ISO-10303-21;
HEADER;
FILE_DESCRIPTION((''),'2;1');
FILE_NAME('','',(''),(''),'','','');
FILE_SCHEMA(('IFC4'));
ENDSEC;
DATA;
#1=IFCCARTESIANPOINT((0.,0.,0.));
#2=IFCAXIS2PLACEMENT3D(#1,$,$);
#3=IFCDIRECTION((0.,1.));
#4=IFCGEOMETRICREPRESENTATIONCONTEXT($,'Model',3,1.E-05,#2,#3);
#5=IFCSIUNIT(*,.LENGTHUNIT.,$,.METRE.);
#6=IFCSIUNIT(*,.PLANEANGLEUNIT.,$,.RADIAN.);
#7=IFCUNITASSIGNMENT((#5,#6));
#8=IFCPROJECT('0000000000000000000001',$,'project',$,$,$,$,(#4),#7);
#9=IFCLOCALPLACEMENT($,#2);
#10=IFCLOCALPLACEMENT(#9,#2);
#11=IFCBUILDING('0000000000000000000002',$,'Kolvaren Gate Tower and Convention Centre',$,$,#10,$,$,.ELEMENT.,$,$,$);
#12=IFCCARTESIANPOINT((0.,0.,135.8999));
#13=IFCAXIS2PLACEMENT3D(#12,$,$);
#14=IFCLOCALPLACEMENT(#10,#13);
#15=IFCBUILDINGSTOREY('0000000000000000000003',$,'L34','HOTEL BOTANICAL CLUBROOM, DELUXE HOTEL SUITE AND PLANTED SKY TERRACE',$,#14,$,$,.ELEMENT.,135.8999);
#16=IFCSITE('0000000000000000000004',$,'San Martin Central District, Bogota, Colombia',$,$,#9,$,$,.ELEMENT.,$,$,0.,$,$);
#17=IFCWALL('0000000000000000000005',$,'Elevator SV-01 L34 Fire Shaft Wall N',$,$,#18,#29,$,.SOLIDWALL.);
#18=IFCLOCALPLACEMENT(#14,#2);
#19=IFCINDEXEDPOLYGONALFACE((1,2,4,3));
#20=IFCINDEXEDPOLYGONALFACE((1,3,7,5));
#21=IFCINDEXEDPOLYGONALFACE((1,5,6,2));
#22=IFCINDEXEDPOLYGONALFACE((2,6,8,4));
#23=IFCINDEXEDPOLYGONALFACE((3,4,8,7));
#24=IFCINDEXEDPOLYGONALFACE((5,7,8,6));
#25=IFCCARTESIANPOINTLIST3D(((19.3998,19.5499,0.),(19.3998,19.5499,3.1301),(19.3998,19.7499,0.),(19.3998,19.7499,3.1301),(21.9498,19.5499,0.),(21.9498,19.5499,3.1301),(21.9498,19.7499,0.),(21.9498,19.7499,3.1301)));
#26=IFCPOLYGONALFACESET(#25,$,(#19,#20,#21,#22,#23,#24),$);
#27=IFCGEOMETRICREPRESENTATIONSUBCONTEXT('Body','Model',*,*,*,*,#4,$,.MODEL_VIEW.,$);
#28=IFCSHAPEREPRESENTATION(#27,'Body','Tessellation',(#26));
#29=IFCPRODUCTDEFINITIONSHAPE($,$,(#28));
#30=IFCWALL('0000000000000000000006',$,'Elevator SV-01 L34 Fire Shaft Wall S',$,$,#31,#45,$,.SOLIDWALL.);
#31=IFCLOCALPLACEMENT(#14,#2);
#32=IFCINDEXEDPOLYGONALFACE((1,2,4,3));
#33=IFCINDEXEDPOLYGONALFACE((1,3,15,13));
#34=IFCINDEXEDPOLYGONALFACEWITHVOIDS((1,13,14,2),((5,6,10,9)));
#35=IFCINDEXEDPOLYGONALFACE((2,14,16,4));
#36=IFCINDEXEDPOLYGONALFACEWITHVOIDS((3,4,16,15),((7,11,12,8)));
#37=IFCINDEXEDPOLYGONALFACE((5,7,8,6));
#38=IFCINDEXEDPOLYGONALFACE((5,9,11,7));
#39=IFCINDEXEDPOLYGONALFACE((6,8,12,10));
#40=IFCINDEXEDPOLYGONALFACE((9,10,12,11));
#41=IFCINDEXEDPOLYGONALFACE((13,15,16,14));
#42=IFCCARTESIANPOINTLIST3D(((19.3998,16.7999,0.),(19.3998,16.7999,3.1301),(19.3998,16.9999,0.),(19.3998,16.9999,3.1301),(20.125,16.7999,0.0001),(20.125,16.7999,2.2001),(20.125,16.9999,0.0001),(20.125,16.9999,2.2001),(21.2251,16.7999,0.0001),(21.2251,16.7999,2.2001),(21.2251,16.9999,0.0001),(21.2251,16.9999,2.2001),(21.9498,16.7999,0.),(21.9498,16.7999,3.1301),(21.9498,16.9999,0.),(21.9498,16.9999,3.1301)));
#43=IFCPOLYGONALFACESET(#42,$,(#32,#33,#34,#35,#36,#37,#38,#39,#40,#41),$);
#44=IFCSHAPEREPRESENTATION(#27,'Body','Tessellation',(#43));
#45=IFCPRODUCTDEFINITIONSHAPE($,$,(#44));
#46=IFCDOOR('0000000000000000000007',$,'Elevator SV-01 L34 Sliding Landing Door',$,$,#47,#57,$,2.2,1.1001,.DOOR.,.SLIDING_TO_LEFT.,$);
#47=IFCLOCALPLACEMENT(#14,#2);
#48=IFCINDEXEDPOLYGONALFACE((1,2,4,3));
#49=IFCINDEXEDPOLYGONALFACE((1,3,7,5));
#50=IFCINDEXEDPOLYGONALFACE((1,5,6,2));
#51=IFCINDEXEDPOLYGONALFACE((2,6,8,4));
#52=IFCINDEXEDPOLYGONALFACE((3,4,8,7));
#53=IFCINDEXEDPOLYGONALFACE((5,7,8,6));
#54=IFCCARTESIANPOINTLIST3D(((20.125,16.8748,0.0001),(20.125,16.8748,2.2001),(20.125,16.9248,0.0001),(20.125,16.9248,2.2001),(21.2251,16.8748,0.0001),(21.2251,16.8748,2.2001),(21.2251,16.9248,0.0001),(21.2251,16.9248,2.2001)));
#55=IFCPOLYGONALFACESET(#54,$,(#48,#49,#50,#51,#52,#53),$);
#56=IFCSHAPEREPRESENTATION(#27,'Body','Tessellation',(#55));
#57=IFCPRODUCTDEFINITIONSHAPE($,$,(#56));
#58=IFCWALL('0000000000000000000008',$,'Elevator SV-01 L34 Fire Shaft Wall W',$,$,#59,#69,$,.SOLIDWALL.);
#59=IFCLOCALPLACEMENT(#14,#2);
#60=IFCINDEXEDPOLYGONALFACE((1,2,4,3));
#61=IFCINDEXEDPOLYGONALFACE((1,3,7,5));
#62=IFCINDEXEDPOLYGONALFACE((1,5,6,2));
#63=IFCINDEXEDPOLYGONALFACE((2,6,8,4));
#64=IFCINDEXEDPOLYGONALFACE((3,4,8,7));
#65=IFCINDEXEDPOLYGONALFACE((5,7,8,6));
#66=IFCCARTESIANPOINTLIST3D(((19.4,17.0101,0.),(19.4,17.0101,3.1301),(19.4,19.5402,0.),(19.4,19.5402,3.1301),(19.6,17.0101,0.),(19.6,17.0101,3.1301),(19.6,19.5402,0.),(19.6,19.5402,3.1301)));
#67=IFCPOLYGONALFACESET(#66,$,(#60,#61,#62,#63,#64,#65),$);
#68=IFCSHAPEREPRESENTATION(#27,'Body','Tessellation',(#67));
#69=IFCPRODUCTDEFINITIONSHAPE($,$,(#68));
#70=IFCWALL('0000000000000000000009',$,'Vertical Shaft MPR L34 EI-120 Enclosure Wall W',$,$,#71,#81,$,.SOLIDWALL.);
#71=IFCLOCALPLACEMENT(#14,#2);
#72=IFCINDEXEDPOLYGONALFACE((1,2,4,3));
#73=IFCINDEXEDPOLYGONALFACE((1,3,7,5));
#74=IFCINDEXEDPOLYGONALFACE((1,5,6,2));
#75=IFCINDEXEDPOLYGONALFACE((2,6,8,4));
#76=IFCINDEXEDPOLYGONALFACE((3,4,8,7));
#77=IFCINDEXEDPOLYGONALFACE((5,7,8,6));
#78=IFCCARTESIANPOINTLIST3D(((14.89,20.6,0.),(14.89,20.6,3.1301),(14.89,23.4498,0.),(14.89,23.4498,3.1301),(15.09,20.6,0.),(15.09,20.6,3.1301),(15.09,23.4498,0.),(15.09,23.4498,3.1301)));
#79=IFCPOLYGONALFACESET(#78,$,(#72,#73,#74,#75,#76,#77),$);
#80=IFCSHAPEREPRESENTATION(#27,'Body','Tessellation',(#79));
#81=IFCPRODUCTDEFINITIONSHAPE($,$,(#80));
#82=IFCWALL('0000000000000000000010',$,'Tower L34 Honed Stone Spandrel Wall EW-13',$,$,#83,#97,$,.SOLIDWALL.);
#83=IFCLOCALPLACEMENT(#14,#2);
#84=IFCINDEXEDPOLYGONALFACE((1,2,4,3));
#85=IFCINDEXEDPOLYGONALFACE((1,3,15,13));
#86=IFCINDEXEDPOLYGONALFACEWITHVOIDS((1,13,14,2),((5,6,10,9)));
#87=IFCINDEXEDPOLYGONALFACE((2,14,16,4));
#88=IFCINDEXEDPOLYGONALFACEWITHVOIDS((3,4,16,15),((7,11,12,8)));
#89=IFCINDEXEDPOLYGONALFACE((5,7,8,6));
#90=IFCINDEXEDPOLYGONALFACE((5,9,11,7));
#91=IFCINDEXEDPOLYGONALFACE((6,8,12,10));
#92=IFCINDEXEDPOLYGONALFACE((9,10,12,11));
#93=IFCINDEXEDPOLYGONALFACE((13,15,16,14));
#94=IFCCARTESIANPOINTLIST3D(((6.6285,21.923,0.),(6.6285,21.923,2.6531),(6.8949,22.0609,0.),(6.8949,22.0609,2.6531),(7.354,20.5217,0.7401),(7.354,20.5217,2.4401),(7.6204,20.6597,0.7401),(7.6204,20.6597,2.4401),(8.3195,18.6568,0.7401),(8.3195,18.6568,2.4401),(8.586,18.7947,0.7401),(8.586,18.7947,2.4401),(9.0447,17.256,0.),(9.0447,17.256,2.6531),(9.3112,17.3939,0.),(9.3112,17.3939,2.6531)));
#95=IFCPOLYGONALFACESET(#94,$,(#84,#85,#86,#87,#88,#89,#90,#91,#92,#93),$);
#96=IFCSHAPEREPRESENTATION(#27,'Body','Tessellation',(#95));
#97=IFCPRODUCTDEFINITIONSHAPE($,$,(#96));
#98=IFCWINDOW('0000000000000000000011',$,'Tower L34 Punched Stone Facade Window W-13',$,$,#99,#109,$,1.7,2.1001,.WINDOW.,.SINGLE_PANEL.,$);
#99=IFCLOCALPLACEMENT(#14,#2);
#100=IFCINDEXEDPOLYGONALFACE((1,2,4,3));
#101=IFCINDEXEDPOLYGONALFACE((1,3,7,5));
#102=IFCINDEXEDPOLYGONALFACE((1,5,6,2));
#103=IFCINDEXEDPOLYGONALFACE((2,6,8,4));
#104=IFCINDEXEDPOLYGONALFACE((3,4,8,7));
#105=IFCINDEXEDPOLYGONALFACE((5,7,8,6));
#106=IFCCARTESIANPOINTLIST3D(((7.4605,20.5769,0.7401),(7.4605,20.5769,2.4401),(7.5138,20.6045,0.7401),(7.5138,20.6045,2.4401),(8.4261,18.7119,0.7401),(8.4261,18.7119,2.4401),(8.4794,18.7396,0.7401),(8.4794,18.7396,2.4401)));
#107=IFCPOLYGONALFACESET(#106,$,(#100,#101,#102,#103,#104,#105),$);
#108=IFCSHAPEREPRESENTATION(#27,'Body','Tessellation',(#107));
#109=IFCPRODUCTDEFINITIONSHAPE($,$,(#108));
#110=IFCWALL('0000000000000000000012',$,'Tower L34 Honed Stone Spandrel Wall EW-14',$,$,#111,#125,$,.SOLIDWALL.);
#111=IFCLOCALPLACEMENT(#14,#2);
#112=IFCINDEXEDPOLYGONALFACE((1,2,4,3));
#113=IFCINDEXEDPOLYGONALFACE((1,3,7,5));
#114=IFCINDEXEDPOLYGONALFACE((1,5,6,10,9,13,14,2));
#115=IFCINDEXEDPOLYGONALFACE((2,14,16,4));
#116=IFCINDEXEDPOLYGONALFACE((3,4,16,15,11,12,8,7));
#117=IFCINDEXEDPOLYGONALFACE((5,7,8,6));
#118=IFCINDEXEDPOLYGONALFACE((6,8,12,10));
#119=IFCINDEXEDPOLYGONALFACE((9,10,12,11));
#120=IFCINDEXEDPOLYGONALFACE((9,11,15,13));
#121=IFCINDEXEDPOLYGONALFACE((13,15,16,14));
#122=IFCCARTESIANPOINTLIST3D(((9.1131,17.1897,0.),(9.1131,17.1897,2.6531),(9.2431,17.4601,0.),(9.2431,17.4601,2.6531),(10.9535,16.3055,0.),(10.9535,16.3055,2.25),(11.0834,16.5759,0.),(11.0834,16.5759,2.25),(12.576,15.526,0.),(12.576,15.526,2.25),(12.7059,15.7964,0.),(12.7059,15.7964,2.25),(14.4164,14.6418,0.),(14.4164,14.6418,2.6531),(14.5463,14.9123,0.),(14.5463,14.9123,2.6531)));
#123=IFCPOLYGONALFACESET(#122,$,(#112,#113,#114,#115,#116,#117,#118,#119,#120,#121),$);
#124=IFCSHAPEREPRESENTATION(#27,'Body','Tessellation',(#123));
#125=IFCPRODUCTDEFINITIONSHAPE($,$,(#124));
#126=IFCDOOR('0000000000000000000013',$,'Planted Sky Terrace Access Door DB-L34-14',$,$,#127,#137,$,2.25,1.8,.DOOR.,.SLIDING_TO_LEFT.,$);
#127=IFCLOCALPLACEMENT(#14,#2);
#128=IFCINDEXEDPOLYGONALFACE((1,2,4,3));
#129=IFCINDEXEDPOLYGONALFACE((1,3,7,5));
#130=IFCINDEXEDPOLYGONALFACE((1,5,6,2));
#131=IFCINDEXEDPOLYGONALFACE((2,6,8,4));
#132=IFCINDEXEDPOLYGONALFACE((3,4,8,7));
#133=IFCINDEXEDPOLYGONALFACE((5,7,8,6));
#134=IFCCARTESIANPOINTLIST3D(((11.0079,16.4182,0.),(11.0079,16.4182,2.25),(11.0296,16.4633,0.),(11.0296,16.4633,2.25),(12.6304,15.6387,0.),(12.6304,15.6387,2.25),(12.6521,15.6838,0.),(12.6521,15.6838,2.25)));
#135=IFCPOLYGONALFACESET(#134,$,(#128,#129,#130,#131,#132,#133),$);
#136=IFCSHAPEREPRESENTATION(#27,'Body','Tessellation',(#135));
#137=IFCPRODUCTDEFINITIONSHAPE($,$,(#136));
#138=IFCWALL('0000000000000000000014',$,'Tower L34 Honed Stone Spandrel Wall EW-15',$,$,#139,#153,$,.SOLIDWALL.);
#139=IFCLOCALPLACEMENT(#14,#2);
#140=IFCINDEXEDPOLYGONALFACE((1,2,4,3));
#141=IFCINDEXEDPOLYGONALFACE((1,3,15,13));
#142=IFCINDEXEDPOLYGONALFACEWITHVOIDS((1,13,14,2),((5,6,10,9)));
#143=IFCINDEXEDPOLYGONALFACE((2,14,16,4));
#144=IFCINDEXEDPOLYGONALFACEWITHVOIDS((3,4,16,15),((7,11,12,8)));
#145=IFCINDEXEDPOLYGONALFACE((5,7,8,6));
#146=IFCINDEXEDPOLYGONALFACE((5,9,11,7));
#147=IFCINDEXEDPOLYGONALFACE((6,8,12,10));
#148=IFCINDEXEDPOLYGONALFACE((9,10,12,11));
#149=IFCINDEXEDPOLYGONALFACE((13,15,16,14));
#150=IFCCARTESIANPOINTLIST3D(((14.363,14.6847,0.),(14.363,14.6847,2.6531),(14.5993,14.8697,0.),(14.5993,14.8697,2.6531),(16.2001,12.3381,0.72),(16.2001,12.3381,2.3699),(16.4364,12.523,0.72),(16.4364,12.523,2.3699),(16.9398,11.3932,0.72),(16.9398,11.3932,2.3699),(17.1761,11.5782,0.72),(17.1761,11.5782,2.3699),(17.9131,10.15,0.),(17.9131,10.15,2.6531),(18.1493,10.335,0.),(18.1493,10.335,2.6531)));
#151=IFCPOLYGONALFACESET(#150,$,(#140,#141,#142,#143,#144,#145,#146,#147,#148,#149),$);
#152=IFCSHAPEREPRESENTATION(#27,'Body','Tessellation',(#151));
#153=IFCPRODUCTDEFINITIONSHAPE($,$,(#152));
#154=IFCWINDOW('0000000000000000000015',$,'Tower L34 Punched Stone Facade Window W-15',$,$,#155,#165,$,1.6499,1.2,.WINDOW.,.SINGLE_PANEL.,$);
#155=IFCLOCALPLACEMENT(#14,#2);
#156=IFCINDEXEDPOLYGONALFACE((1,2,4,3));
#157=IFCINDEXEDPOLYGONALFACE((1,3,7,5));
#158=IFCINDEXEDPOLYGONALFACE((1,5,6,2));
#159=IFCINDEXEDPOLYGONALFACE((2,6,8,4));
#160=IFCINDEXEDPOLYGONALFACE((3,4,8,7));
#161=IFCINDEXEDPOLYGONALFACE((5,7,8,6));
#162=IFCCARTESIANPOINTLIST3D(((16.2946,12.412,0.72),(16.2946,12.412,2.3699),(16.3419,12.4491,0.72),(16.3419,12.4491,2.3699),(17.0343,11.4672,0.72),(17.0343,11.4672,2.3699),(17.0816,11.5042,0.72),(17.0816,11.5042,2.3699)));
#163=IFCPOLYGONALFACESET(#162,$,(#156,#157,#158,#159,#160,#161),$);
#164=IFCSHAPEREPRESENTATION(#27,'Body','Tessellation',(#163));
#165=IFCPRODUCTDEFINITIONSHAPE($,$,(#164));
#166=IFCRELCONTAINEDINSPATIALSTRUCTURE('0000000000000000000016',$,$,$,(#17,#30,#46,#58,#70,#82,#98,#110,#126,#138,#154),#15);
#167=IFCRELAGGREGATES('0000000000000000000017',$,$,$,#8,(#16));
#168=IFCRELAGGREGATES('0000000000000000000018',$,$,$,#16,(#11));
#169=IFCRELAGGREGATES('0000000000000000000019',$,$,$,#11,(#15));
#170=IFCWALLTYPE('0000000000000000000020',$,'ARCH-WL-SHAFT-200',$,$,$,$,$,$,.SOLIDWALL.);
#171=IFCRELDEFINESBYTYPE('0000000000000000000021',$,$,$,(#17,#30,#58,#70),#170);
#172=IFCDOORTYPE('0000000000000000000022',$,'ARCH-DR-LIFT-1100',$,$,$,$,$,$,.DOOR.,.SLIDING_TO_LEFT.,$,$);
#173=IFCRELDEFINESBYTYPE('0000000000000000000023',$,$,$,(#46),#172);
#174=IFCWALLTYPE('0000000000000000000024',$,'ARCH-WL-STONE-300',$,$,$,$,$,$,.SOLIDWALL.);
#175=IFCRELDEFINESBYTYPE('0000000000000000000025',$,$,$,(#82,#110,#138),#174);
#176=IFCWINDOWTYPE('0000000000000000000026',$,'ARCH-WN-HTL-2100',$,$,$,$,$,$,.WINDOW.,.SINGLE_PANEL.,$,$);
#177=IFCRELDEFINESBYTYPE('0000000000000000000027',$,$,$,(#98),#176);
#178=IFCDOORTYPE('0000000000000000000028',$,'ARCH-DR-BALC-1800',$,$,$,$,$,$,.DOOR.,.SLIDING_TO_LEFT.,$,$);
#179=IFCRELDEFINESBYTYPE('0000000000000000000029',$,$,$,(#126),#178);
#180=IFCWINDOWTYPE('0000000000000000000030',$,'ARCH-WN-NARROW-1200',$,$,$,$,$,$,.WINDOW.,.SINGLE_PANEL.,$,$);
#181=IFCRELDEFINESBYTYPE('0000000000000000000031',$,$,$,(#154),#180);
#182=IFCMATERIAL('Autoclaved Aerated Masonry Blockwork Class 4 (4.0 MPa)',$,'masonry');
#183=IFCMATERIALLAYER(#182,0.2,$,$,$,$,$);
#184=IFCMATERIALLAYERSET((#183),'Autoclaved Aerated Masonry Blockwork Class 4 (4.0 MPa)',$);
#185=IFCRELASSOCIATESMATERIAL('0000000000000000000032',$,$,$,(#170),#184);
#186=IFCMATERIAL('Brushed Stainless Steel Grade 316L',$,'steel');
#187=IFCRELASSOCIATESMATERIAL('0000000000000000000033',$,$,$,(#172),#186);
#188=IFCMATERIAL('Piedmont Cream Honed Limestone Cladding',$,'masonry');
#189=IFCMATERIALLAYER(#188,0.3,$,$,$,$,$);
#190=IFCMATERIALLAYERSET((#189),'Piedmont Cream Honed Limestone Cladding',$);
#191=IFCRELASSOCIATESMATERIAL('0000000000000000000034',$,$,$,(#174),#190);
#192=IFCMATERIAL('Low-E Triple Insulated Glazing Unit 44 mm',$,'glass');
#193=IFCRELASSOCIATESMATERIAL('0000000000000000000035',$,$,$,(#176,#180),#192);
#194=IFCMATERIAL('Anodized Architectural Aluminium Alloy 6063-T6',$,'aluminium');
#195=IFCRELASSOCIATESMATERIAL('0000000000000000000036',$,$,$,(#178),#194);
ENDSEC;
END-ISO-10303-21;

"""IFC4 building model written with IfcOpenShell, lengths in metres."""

from ifc_helpers import new_model, si_unit, direction, frame, frame_2d, origin, place, context, subcontext, project, spatial, rectangle, extrude, material, layer, layer_set, type_object, element, fill, save


model = new_model("IFC4")

# Units and contexts
model_context = context("Model", 3, precision=1e-05, world=origin(), true_north=direction((0.0, 1.0)))
body_context = subcontext(model_context, "Body", "Model", "MODEL_VIEW")
ifc_project = project(units=[si_unit("LENGTHUNIT", "METRE"), si_unit("PLANEANGLEUNIT", "RADIAN")], contexts=[model_context])

# Site, building, storey
site_placement = place(None, origin())
site = spatial("IfcSite", under=ifc_project, at=site_placement, Name="San Martin Central District, Bogota, Colombia", CompositionType="ELEMENT", RefElevation=0.0)
building_placement = place(site_placement, origin())
building = spatial("IfcBuilding", under=site, at=building_placement, Name="Kolvaren Gate Tower and Convention Centre", CompositionType="ELEMENT")
storey_placement = place(building_placement, frame((0.0, 0.0, 135.8999)))
storey = spatial("IfcBuildingStorey", under=building, at=storey_placement, Name="L34", Description="HOTEL BOTANICAL CLUBROOM, DELUXE HOTEL SUITE AND PLANTED SKY TERRACE", CompositionType="ELEMENT", Elevation=135.8999)

# Wall
ifc_material_1 = material(Name="Autoclaved Aerated Masonry Blockwork Class 4 (4.0 MPa)", Category="masonry")
ifc_material_2 = material(Name="Piedmont Cream Honed Limestone Cladding", Category="masonry")
ifc_layer_1 = layer(ifc_material_1, 0.2)
ifc_layer_set_1 = layer_set([ifc_layer_1], Name="Autoclaved Aerated Masonry Blockwork Class 4 (4.0 MPa)")
wall_type_1 = type_object("IfcWallType", Name="ARCH-WL-SHAFT-200", PredefinedType="SOLIDWALL", material=ifc_layer_set_1)
wall_1_placement = place(storey_placement, frame((19.3999, 19.6499, 0.0), z_axis=(0.0, 0.0, 1.0), x_axis=(1.0, 0.0, 0.0)))
element("IfcWall", 1, at=wall_1_placement, inside=storey, type_object=wall_type_1, Name="Elevator SV-01 L34 Fire Shaft Wall N", PredefinedType="SOLIDWALL", context=body_context, shape_type="SweptSolid", body=[
    extrude(rectangle(XDim=2.55, YDim=0.2, at=frame_2d((1.2749, 0.0))), origin(), (0.0, 0.0, 1.0), 3.1301),
])

# Wall, opening, door
wall_2_placement = place(storey_placement, frame((19.3999, 16.8999, 0.0), z_axis=(0.0, 0.0, 1.0), x_axis=(1.0, 0.0, 0.0)))
wall_2 = element("IfcWall", 2, at=wall_2_placement, inside=storey, type_object=wall_type_1, Name="Elevator SV-01 L34 Fire Shaft Wall S", PredefinedType="SOLIDWALL", context=body_context, shape_type="SweptSolid", body=[
    extrude(rectangle(XDim=2.55, YDim=0.2, at=frame_2d((1.2749, 0.0))), origin(), (0.0, 0.0, 1.0), 3.1301),
])
opening_1_placement = place(wall_2_placement, frame((0.7251, 0.0, 0.0)))
opening_1 = element("IfcOpeningElement", 3, at=opening_1_placement, cuts=wall_2, PredefinedType="OPENING", context=body_context, shape_type="SweptSolid", body=[
    extrude(rectangle(XDim=1.1001, YDim=2.2, at=frame_2d((0.55, 1.1001))), frame((0.0, 0.1099, 0.0), z_axis=(0.0, -1.0, 0.0), x_axis=(1.0, 0.0, 0.0)), (0.0, 0.0, 1.0), 0.22),
])
ifc_material_3 = material(Name="Brushed Stainless Steel Grade 316L", Category="steel")
door_type_1 = type_object("IfcDoorType", Name="ARCH-DR-LIFT-1100", OperationType="SLIDING_TO_LEFT", PredefinedType="DOOR", material=ifc_material_3)
door_1_placement = place(opening_1_placement, origin())
door_1 = element("IfcDoor", 4, at=door_1_placement, inside=storey, type_object=door_type_1, Name="Elevator SV-01 L34 Sliding Landing Door", OperationType="SLIDING_TO_LEFT", OverallHeight=2.2, OverallWidth=1.1001, PredefinedType="DOOR", context=body_context, shape_type="SweptSolid", body=[
    extrude(rectangle(XDim=1.1001, YDim=2.2, at=frame_2d((0.55, 1.1001))), frame((0.0, 0.0249, 0.0), z_axis=(0.0, -1.0, 0.0), x_axis=(1.0, 0.0, 0.0)), (0.0, 0.0, 1.0), 0.05),
])
fill(opening_1, door_1)

# Walls
wall_3_placement = place(storey_placement, frame((19.5, 17.01, 0.0), z_axis=(0.0, 0.0, 1.0), x_axis=(0.0, 1.0, 0.0)))
element("IfcWall", 5, at=wall_3_placement, inside=storey, type_object=wall_type_1, Name="Elevator SV-01 L34 Fire Shaft Wall W", PredefinedType="SOLIDWALL", context=body_context, shape_type="SweptSolid", body=[
    extrude(rectangle(XDim=2.53, YDim=0.2, at=frame_2d((1.2651, 0.0))), origin(), (0.0, 0.0, 1.0), 3.1301),
])
wall_4_placement = place(storey_placement, frame((14.99, 20.6001, 0.0), z_axis=(0.0, 0.0, 1.0), x_axis=(0.0, 1.0, 0.0)))
element("IfcWall", 6, at=wall_4_placement, inside=storey, type_object=wall_type_1, Name="Vertical Shaft MPR L34 EI-120 Enclosure Wall W", PredefinedType="SOLIDWALL", context=body_context, shape_type="SweptSolid", body=[
    extrude(rectangle(XDim=2.8499, YDim=0.2, at=frame_2d((1.4248, 0.0))), origin(), (0.0, 0.0, 1.0), 3.1301),
])

# Wall, opening, window
ifc_layer_2 = layer(ifc_material_2, 0.3)
ifc_layer_set_2 = layer_set([ifc_layer_2], Name="Piedmont Cream Honed Limestone Cladding")
wall_type_2 = type_object("IfcWallType", Name="ARCH-WL-STONE-300", PredefinedType="SOLIDWALL", material=ifc_layer_set_2)
wall_5_placement = place(storey_placement, frame((6.7617, 21.9919, 0.0), z_axis=(0.0, 0.0, 1.0), x_axis=(0.459768, -0.888039, 0.0)))
wall_5 = element("IfcWall", 7, at=wall_5_placement, inside=storey, type_object=wall_type_2, Name="Tower L34 Honed Stone Spandrel Wall EW-13", PredefinedType="SOLIDWALL", context=body_context, shape_type="SweptSolid", body=[
    extrude(rectangle(XDim=5.2554, YDim=0.3, at=frame_2d((2.6277, 0.0))), origin(), (0.0, 0.0, 1.0), 2.6531),
])
opening_2_placement = place(wall_5_placement, frame((1.5779, 0.0, 0.74)))
opening_2 = element("IfcOpeningElement", 8, at=opening_2_placement, cuts=wall_5, PredefinedType="OPENING", context=body_context, shape_type="SweptSolid", body=[
    extrude(rectangle(XDim=2.1001, YDim=1.7, at=frame_2d((1.05, 0.8501))), frame((0.0, 0.1599, 0.0), z_axis=(0.0, -1.0, 0.0), x_axis=(1.0, 0.0, 0.0)), (0.0, 0.0, 1.0), 0.3201),
])
ifc_material_4 = material(Name="Low-E Triple Insulated Glazing Unit 44 mm", Category="glass")
window_type_1 = type_object("IfcWindowType", Name="ARCH-WN-HTL-2100", PartitioningType="SINGLE_PANEL", PredefinedType="WINDOW", material=ifc_material_4)
window_1_placement = place(opening_2_placement, origin())
window_1 = element("IfcWindow", 9, at=window_1_placement, inside=storey, type_object=window_type_1, Name="Tower L34 Punched Stone Facade Window W-13", OverallHeight=1.7, OverallWidth=2.1001, PartitioningType="SINGLE_PANEL", PredefinedType="WINDOW", context=body_context, shape_type="SweptSolid", body=[
    extrude(rectangle(XDim=2.1001, YDim=1.7, at=frame_2d((1.05, 0.8501))), frame((0.0, 0.03, 0.0), z_axis=(0.0, -1.0, 0.0), x_axis=(1.0, 0.0, 0.0)), (0.0, 0.0, 1.0), 0.0601),
])
fill(opening_2, window_1)

# Wall, opening, door
wall_6_placement = place(storey_placement, frame((9.178, 17.325, 0.0), z_axis=(0.0, 0.0, 1.0), x_axis=(0.90137, -0.433049, 0.0)))
wall_6 = element("IfcWall", 10, at=wall_6_placement, inside=storey, type_object=wall_type_2, Name="Tower L34 Honed Stone Spandrel Wall EW-14", PredefinedType="SOLIDWALL", context=body_context, shape_type="SweptSolid", body=[
    extrude(rectangle(XDim=5.8835, YDim=0.3, at=frame_2d((2.9419, 0.0))), origin(), (0.0, 0.0, 1.0), 2.6531),
])
opening_3_placement = place(wall_6_placement, frame((2.042, 0.0, 0.0)))
opening_3 = element("IfcOpeningElement", 11, at=opening_3_placement, cuts=wall_6, PredefinedType="OPENING", context=body_context, shape_type="SweptSolid", body=[
    extrude(rectangle(XDim=1.8, YDim=2.25, at=frame_2d((0.8999, 1.125))), frame((0.0, 0.1599, 0.0), z_axis=(0.0, -1.0, 0.0), x_axis=(1.0, 0.0, 0.0)), (0.0, 0.0, 1.0), 0.3201),
])
ifc_material_5 = material(Name="Anodized Architectural Aluminium Alloy 6063-T6", Category="aluminium")
door_type_2 = type_object("IfcDoorType", Name="ARCH-DR-BALC-1800", OperationType="SLIDING_TO_LEFT", PredefinedType="DOOR", material=ifc_material_5)
door_2_placement = place(opening_3_placement, frame((1.8, 0.0, 0.0), z_axis=(0.0, 0.0, 1.0), x_axis=(-1.0, 0.0, 0.0)))
door_2 = element("IfcDoor", 12, at=door_2_placement, inside=storey, type_object=door_type_2, Name="Planted Sky Terrace Access Door DB-L34-14", OperationType="SLIDING_TO_LEFT", OverallHeight=2.25, OverallWidth=1.8, PredefinedType="DOOR", context=body_context, shape_type="SweptSolid", body=[
    extrude(rectangle(XDim=1.8, YDim=2.25, at=frame_2d((0.8999, 1.125))), frame((0.0, 0.0249, 0.0), z_axis=(0.0, -1.0, 0.0), x_axis=(1.0, 0.0, 0.0)), (0.0, 0.0, 1.0), 0.05),
])
fill(opening_3, door_2)

# Wall, opening, window
wall_7_placement = place(storey_placement, frame((14.4812, 14.7771, 0.0), z_axis=(0.0, 0.0, 1.0), x_axis=(0.616435, -0.787406, 0.0)))
wall_7 = element("IfcWall", 13, at=wall_7_placement, inside=storey, type_object=wall_type_2, Name="Tower L34 Honed Stone Spandrel Wall EW-15", PredefinedType="SOLIDWALL", context=body_context, shape_type="SweptSolid", body=[
    extrude(rectangle(XDim=5.759, YDim=0.3, at=frame_2d((2.8794, 0.0))), origin(), (0.0, 0.0, 1.0), 2.6531),
])
opening_4_placement = place(wall_7_placement, frame((2.98, 0.0, 0.72)))
opening_4 = element("IfcOpeningElement", 14, at=opening_4_placement, cuts=wall_7, PredefinedType="OPENING", context=body_context, shape_type="SweptSolid", body=[
    extrude(rectangle(XDim=1.2, YDim=1.6499, at=frame_2d((0.6001, 0.825))), frame((0.0, 0.1599, 0.0), z_axis=(0.0, -1.0, 0.0), x_axis=(1.0, 0.0, 0.0)), (0.0, 0.0, 1.0), 0.3201),
])
window_type_2 = type_object("IfcWindowType", Name="ARCH-WN-NARROW-1200", PartitioningType="SINGLE_PANEL", PredefinedType="WINDOW", material=ifc_material_4)
window_2_placement = place(opening_4_placement, origin())
window_2 = element("IfcWindow", 15, at=window_2_placement, inside=storey, type_object=window_type_2, Name="Tower L34 Punched Stone Facade Window W-15", OverallHeight=1.6499, OverallWidth=1.2, PartitioningType="SINGLE_PANEL", PredefinedType="WINDOW", context=body_context, shape_type="SweptSolid", body=[
    extrude(rectangle(XDim=1.2, YDim=1.6499, at=frame_2d((0.6001, 0.825))), frame((0.0, 0.03, 0.0), z_axis=(0.0, -1.0, 0.0), x_axis=(1.0, 0.0, 0.0)), (0.0, 0.0, 1.0), 0.0601),
])
fill(opening_4, window_2)

save(model, "model.ifc")
